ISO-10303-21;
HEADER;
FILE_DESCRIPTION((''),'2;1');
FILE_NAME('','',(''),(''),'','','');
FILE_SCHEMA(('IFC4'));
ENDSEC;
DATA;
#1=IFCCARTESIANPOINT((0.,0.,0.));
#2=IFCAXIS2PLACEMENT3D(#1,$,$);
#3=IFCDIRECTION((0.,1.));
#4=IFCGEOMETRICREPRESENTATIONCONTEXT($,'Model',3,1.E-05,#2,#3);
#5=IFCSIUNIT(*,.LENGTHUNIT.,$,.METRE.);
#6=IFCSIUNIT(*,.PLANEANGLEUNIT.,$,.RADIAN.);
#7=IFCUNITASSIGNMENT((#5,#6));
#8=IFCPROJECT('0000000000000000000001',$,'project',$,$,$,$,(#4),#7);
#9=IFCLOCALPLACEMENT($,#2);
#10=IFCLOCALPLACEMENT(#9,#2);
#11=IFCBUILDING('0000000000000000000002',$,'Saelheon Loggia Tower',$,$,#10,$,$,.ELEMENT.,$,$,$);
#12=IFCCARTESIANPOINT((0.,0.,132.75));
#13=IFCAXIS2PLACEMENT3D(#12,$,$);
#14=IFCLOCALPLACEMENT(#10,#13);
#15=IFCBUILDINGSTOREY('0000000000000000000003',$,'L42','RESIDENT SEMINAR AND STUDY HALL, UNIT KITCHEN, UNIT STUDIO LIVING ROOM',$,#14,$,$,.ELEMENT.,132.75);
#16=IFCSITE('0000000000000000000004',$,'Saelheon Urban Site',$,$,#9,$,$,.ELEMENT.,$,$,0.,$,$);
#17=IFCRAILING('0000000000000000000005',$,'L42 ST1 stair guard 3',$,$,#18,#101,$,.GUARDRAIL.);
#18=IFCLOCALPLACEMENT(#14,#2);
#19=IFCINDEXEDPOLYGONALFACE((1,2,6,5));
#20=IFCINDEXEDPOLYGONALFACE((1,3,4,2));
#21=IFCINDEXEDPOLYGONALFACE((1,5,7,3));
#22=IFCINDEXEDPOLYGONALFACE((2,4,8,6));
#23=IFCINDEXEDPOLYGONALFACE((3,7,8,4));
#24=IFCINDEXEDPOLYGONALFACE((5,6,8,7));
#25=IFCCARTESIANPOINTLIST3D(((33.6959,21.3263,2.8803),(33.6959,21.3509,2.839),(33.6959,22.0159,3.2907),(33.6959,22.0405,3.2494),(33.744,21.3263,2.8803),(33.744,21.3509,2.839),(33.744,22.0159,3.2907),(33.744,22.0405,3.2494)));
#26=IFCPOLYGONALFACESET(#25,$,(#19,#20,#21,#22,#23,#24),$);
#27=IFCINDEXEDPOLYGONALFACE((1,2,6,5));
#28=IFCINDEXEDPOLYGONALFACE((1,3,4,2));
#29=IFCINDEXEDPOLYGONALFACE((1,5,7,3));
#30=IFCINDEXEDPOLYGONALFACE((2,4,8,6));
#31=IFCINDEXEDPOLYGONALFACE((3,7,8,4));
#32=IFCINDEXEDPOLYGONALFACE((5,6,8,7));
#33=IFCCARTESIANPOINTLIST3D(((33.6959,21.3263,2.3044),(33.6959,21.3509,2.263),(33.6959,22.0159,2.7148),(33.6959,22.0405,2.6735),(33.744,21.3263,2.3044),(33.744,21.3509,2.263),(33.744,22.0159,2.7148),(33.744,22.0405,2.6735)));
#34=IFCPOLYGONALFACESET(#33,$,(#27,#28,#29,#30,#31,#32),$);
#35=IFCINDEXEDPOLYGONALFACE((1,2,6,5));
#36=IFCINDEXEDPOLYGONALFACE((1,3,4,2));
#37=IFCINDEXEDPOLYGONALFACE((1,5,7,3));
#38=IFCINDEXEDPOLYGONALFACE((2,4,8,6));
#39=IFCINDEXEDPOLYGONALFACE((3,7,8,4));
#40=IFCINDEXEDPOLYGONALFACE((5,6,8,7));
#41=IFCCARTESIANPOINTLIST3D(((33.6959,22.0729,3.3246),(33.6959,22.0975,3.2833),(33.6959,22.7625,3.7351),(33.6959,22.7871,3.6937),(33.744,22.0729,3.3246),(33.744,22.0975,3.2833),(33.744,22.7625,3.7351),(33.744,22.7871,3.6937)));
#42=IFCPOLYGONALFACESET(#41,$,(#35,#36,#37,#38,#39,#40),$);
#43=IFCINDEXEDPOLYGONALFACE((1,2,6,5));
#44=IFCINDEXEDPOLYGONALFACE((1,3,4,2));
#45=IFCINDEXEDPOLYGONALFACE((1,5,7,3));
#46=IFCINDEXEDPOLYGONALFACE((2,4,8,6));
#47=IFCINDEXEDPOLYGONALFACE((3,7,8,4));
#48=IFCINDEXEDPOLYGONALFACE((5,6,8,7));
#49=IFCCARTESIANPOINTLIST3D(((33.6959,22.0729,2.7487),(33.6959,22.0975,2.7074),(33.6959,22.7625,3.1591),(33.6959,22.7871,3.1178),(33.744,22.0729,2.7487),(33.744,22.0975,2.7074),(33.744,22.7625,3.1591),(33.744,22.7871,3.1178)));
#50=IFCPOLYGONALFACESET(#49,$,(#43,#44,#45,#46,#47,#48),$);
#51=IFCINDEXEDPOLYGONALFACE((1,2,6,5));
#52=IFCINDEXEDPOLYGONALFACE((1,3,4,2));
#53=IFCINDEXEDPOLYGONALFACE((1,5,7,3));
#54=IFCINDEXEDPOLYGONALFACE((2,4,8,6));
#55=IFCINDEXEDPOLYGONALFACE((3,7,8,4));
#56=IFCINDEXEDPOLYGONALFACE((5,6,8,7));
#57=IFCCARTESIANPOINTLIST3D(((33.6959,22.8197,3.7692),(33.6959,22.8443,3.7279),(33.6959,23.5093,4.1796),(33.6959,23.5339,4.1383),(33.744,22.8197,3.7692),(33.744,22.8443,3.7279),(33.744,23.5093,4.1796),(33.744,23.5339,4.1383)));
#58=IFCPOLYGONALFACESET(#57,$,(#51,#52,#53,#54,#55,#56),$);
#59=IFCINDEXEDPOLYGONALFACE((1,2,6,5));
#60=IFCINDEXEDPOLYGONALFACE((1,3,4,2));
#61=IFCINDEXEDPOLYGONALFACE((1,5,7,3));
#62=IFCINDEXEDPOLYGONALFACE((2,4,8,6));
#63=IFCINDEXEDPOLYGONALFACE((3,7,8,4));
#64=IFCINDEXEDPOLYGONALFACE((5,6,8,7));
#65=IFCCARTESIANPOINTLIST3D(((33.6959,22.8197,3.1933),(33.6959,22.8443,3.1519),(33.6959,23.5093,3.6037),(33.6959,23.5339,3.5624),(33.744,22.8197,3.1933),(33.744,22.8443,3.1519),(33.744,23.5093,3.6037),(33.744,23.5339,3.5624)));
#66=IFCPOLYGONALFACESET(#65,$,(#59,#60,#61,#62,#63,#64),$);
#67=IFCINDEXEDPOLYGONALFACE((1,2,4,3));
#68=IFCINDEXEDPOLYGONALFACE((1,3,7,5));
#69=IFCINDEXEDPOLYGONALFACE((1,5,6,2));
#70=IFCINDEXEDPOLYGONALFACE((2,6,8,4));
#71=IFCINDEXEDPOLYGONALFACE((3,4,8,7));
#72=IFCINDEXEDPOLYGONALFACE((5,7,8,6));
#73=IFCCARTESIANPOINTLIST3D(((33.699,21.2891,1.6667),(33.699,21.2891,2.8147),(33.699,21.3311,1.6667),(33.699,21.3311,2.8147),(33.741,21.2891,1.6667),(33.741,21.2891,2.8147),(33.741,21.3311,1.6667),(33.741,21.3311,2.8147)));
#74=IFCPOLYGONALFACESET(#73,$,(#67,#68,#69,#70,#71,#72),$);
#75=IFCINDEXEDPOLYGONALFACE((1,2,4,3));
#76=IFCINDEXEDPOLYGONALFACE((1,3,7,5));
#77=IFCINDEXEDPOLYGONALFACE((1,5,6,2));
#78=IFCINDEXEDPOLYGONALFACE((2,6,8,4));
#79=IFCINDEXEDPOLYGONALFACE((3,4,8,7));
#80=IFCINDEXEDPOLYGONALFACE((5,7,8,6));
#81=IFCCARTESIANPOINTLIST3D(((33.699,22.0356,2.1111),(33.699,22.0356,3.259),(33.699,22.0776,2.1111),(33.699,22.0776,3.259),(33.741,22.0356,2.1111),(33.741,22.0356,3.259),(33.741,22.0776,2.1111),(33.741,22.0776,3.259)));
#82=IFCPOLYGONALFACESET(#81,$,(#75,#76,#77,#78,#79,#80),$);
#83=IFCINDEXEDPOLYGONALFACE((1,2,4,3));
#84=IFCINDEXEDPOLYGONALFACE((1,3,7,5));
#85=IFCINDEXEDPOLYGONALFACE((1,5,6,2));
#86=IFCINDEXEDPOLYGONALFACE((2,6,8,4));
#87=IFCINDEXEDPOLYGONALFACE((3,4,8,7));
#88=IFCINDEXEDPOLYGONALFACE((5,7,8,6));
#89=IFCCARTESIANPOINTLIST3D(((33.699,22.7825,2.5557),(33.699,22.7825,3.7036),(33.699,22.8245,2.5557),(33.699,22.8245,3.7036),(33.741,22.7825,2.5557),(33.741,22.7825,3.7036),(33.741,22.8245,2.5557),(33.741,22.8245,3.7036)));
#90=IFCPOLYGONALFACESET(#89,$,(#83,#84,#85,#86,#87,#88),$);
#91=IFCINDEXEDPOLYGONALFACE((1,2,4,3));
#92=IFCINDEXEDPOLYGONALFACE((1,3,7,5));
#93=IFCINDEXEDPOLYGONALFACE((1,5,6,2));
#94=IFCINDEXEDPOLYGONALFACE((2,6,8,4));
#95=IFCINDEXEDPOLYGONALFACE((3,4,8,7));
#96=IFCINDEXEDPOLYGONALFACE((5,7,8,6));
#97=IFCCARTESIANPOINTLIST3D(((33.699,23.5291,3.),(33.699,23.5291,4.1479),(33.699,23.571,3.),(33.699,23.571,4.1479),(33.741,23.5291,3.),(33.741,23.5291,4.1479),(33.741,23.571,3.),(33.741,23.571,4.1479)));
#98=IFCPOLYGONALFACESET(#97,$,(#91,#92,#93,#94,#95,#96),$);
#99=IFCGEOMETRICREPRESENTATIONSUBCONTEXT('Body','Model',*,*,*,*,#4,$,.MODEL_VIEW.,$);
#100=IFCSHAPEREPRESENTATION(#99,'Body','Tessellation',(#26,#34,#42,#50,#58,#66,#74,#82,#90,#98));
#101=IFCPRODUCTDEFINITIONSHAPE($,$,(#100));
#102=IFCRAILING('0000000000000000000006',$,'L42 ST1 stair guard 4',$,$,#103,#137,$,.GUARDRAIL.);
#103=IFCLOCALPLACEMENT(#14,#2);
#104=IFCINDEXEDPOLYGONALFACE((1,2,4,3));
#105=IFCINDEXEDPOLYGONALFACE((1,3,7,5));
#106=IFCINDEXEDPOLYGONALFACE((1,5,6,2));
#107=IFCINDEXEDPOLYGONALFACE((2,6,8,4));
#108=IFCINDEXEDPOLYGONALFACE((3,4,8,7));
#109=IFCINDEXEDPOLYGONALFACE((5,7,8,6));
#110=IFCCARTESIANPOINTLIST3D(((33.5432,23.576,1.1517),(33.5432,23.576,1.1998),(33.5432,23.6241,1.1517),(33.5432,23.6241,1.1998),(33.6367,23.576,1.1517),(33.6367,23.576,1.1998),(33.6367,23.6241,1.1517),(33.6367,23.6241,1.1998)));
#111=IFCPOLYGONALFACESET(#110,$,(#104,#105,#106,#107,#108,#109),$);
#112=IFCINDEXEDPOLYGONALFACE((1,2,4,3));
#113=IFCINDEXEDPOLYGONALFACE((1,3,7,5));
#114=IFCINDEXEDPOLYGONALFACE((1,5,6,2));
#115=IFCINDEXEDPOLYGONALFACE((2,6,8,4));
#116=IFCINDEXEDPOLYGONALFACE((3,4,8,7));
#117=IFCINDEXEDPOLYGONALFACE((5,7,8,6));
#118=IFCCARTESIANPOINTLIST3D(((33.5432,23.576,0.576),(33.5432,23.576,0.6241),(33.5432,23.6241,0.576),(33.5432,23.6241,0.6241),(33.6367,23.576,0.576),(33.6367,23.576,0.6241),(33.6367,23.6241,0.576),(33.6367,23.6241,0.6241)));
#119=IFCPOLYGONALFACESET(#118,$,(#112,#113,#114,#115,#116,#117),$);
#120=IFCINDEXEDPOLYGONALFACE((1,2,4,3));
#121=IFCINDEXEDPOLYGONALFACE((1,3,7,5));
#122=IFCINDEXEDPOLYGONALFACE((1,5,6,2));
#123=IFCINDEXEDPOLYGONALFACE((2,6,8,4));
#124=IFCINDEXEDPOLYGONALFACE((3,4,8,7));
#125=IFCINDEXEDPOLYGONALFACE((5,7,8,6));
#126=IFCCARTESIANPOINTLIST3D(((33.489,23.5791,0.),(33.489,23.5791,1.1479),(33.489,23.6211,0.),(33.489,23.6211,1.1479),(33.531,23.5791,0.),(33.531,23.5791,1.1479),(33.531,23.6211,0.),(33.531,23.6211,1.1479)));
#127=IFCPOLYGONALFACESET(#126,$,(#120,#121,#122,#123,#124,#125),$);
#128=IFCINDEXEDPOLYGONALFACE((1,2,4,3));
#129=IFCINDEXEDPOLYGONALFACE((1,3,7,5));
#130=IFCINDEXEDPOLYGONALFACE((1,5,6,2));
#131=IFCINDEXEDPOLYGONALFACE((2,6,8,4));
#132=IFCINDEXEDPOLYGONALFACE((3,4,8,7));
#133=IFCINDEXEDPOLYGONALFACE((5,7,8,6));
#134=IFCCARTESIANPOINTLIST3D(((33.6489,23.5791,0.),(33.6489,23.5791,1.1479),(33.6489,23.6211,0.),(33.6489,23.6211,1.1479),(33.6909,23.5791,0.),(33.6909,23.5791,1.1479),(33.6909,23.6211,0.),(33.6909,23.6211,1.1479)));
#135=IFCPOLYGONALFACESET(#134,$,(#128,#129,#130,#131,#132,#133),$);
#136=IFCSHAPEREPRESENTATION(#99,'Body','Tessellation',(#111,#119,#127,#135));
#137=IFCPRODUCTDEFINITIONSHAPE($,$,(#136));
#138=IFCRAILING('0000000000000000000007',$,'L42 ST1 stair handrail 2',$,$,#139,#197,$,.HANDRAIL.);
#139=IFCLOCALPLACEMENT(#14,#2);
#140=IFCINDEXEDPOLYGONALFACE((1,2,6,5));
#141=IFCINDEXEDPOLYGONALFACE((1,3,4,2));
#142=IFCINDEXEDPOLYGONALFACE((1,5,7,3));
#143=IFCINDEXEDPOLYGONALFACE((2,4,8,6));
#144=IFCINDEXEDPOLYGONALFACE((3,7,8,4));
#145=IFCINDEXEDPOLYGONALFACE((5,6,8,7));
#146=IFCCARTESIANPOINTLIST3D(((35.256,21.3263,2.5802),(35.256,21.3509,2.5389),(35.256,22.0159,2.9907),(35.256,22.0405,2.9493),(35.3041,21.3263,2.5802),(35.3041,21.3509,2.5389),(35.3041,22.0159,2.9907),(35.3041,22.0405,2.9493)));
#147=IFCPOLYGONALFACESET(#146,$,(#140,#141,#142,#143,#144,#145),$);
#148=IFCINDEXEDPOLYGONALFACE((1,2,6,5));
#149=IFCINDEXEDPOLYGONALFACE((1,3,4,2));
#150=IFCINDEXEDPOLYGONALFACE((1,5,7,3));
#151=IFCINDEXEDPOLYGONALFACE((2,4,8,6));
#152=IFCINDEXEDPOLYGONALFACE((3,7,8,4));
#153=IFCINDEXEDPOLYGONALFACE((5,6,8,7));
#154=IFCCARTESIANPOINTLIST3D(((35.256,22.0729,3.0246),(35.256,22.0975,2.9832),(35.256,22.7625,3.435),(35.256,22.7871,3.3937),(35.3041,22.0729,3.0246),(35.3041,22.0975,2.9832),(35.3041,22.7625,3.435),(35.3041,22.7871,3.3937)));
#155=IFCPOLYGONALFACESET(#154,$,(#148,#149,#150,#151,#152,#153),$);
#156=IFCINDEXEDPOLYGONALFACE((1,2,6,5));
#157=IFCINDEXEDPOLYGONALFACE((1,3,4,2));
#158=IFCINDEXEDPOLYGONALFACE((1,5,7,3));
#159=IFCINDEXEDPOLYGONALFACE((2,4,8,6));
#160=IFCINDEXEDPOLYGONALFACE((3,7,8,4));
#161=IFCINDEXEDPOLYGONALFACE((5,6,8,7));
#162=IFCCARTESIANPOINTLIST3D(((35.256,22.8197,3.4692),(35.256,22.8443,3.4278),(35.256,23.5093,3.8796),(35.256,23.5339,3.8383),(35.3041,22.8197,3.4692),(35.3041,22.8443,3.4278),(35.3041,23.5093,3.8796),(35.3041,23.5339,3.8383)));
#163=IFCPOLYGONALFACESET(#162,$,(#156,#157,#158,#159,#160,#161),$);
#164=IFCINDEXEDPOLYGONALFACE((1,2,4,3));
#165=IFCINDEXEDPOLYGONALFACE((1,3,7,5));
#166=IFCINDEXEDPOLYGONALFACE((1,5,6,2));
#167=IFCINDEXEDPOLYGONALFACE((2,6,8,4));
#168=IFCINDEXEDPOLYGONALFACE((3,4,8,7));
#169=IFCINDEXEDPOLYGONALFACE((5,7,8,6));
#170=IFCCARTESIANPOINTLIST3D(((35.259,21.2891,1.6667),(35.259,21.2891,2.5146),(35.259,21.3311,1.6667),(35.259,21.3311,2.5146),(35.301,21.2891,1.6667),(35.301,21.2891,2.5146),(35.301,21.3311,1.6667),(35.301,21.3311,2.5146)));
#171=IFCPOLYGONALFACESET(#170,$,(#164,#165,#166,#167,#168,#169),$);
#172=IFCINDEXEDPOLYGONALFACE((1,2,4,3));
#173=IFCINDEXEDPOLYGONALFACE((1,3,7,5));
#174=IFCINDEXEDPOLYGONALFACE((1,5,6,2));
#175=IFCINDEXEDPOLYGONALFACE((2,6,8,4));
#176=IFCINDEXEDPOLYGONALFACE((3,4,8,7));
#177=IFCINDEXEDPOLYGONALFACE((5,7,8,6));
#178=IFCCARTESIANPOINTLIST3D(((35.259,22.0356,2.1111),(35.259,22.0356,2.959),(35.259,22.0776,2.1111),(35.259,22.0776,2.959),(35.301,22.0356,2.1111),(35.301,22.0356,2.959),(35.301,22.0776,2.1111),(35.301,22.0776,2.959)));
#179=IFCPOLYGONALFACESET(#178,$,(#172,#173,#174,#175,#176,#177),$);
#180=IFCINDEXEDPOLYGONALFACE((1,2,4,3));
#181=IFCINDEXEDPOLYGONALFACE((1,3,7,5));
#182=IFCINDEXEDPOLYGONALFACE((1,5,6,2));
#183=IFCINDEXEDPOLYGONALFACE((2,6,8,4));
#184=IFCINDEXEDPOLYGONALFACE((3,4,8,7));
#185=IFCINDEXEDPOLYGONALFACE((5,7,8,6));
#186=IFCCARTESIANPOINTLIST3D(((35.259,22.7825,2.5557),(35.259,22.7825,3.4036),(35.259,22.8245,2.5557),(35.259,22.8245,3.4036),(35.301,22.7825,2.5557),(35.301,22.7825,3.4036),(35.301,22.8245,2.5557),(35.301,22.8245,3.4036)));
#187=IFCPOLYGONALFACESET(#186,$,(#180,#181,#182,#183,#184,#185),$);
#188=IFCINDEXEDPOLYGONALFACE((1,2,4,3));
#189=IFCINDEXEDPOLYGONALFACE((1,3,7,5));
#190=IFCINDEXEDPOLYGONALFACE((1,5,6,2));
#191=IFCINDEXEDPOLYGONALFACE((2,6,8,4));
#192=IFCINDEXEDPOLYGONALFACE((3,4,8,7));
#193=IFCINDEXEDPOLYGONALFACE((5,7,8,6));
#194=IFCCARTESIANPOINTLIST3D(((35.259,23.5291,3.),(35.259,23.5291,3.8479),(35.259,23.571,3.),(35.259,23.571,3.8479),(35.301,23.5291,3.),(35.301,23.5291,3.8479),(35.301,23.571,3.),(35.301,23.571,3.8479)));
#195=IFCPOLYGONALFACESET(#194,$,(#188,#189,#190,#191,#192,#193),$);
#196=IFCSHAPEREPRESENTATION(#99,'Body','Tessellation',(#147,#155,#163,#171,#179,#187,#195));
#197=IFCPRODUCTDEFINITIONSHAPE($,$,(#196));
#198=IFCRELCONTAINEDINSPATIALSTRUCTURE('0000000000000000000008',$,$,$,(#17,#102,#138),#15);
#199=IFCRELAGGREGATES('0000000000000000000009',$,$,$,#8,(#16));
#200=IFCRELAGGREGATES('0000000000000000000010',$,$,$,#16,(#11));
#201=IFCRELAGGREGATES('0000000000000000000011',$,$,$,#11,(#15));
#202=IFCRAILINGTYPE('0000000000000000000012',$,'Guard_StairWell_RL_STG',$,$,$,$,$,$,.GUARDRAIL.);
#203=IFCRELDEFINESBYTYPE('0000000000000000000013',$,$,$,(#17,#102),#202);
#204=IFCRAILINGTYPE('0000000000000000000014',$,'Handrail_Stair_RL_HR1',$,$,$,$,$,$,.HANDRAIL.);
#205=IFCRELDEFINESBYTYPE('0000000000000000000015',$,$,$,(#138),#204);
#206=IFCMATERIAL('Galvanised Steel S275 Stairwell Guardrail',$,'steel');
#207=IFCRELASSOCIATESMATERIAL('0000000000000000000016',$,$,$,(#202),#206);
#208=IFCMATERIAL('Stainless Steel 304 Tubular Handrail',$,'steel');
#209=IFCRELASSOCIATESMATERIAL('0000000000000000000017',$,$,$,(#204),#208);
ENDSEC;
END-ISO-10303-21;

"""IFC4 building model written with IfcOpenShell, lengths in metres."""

from ifc_helpers import new_model, si_unit, direction, frame, origin, origin_2d, place, context, subcontext, project, spatial, rectangle, extrude, material, type_object, element, save


model = new_model("IFC4")

# Units and contexts
model_context = context("Model", 3, precision=1e-05, world=origin(), true_north=direction((0.0, 1.0)))
body_context = subcontext(model_context, "Body", "Model", "MODEL_VIEW")
ifc_project = project(units=[si_unit("LENGTHUNIT", "METRE"), si_unit("PLANEANGLEUNIT", "RADIAN")], contexts=[model_context])

# Site, building, storey
site_placement = place(None, origin())
site = spatial("IfcSite", under=ifc_project, at=site_placement, Name="Saelheon Urban Site", CompositionType="ELEMENT", RefElevation=0.0)
building_placement = place(site_placement, origin())
building = spatial("IfcBuilding", under=site, at=building_placement, Name="Saelheon Loggia Tower", CompositionType="ELEMENT")
storey_placement = place(building_placement, frame((0.0, 0.0, 132.75)))
storey = spatial("IfcBuildingStorey", under=building, at=storey_placement, Name="L42", Description="RESIDENT SEMINAR AND STUDY HALL, UNIT KITCHEN, UNIT STUDIO LIVING ROOM", CompositionType="ELEMENT", Elevation=132.75)

# Railings
ifc_material_1 = material(Name="Galvanised Steel S275 Stairwell Guardrail", Category="steel")
railing_type_1 = type_object("IfcRailingType", Name="Guard_StairWell_RL_STG", PredefinedType="GUARDRAIL", material=ifc_material_1)
railing_1_placement = place(storey_placement, frame((33.72, 21.3101, 1.6667)))
element("IfcRailing", 1, at=railing_1_placement, inside=storey, type_object=railing_type_1, Name="L42 ST1 stair guard 3", PredefinedType="GUARDRAIL", context=body_context, shape_type="SweptSolid", body=[
    extrude(rectangle(XDim=0.0481, YDim=0.0481, at=origin_2d()), frame((0.0, 0.0286, 1.1929), z_axis=(0.0, 0.859306, 0.511462), x_axis=(-1.0, 0.0, 0.0)), (0.0, 0.0, 1.0), 0.8025),
    extrude(rectangle(XDim=0.0481, YDim=0.0481, at=origin_2d()), frame((0.0, 0.0286, 0.6169), z_axis=(0.0, 0.859306, 0.511462), x_axis=(-1.0, 0.0, 0.0)), (0.0, 0.0, 1.0), 0.8025),
    extrude(rectangle(XDim=0.0481, YDim=0.0481, at=origin_2d()), frame((0.0, 0.7751, 1.6372), z_axis=(0.0, 0.859306, 0.511462), x_axis=(-1.0, 0.0, 0.0)), (0.0, 0.0, 1.0), 0.8025),
    extrude(rectangle(XDim=0.0481, YDim=0.0481, at=origin_2d()), frame((0.0, 0.7751, 1.0613), z_axis=(0.0, 0.859306, 0.511462), x_axis=(-1.0, 0.0, 0.0)), (0.0, 0.0, 1.0), 0.8025),
    extrude(rectangle(XDim=0.0481, YDim=0.0481, at=origin_2d()), frame((0.0, 1.522, 2.0818), z_axis=(0.0, 0.859306, 0.511462), x_axis=(-1.0, 0.0, 0.0)), (0.0, 0.0, 1.0), 0.8025),
    extrude(rectangle(XDim=0.0481, YDim=0.0481, at=origin_2d()), frame((0.0, 1.522, 1.5059), z_axis=(0.0, 0.859306, 0.511462), x_axis=(-1.0, 0.0, 0.0)), (0.0, 0.0, 1.0), 0.8025),
    extrude(rectangle(XDim=0.042, YDim=0.042, at=origin_2d()), origin(), (0.0, 0.0, 1.0), 1.1479),
    extrude(rectangle(XDim=0.042, YDim=0.042, at=origin_2d()), frame((0.0, 0.7466, 0.4443)), (0.0, 0.0, 1.0), 1.1479),
    extrude(rectangle(XDim=0.042, YDim=0.042, at=origin_2d()), frame((0.0, 1.4934, 0.8889)), (0.0, 0.0, 1.0), 1.1479),
    extrude(rectangle(XDim=0.042, YDim=0.042, at=origin_2d()), frame((0.0, 2.24, 1.3333)), (0.0, 0.0, 1.0), 1.1479),
])
railing_2_placement = place(storey_placement, frame((33.51, 23.6001, 0.0)))
element("IfcRailing", 2, at=railing_2_placement, inside=storey, type_object=railing_type_1, Name="L42 ST1 stair guard 4", PredefinedType="GUARDRAIL", context=body_context, shape_type="SweptSolid", body=[
    extrude(rectangle(XDim=0.0481, YDim=0.0481, at=origin_2d()), frame((0.0332, 0.0, 1.1758), z_axis=(1.0, 0.0, 0.0), x_axis=(0.0, 1.0, 0.0)), (0.0, 0.0, 1.0), 0.0935),
    extrude(rectangle(XDim=0.0481, YDim=0.0481, at=origin_2d()), frame((0.0332, 0.0, 0.6001), z_axis=(1.0, 0.0, 0.0), x_axis=(0.0, 1.0, 0.0)), (0.0, 0.0, 1.0), 0.0935),
    extrude(rectangle(XDim=0.042, YDim=0.042, at=origin_2d()), origin(), (0.0, 0.0, 1.0), 1.1479),
    extrude(rectangle(XDim=0.042, YDim=0.042, at=origin_2d()), frame((0.1599, 0.0, 0.0)), (0.0, 0.0, 1.0), 1.1479),
])
ifc_material_2 = material(Name="Stainless Steel 304 Tubular Handrail", Category="steel")
railing_type_2 = type_object("IfcRailingType", Name="Handrail_Stair_RL_HR1", PredefinedType="HANDRAIL", material=ifc_material_2)
railing_3_placement = place(storey_placement, frame((35.28, 21.3101, 1.6667)))
element("IfcRailing", 3, at=railing_3_placement, inside=storey, type_object=railing_type_2, Name="L42 ST1 stair handrail 2", PredefinedType="HANDRAIL", context=body_context, shape_type="SweptSolid", body=[
    extrude(rectangle(XDim=0.0481, YDim=0.0481, at=origin_2d()), frame((0.0, 0.0286, 0.8928), z_axis=(0.0, 0.859306, 0.511462), x_axis=(-1.0, 0.0, 0.0)), (0.0, 0.0, 1.0), 0.8025),
    extrude(rectangle(XDim=0.0481, YDim=0.0481, at=origin_2d()), frame((0.0, 0.7751, 1.3372), z_axis=(0.0, 0.859306, 0.511462), x_axis=(-1.0, 0.0, 0.0)), (0.0, 0.0, 1.0), 0.8025),
    extrude(rectangle(XDim=0.0481, YDim=0.0481, at=origin_2d()), frame((0.0, 1.522, 1.7817), z_axis=(0.0, 0.859306, 0.511462), x_axis=(-1.0, 0.0, 0.0)), (0.0, 0.0, 1.0), 0.8025),
    extrude(rectangle(XDim=0.042, YDim=0.042, at=origin_2d()), origin(), (0.0, 0.0, 1.0), 0.8479),
    extrude(rectangle(XDim=0.042, YDim=0.042, at=origin_2d()), frame((0.0, 0.7466, 0.4443)), (0.0, 0.0, 1.0), 0.8479),
    extrude(rectangle(XDim=0.042, YDim=0.042, at=origin_2d()), frame((0.0, 1.4934, 0.8889)), (0.0, 0.0, 1.0), 0.8479),
    extrude(rectangle(XDim=0.042, YDim=0.042, at=origin_2d()), frame((0.0, 2.24, 1.3333)), (0.0, 0.0, 1.0), 0.8479),
])

save(model, "model.ifc")
